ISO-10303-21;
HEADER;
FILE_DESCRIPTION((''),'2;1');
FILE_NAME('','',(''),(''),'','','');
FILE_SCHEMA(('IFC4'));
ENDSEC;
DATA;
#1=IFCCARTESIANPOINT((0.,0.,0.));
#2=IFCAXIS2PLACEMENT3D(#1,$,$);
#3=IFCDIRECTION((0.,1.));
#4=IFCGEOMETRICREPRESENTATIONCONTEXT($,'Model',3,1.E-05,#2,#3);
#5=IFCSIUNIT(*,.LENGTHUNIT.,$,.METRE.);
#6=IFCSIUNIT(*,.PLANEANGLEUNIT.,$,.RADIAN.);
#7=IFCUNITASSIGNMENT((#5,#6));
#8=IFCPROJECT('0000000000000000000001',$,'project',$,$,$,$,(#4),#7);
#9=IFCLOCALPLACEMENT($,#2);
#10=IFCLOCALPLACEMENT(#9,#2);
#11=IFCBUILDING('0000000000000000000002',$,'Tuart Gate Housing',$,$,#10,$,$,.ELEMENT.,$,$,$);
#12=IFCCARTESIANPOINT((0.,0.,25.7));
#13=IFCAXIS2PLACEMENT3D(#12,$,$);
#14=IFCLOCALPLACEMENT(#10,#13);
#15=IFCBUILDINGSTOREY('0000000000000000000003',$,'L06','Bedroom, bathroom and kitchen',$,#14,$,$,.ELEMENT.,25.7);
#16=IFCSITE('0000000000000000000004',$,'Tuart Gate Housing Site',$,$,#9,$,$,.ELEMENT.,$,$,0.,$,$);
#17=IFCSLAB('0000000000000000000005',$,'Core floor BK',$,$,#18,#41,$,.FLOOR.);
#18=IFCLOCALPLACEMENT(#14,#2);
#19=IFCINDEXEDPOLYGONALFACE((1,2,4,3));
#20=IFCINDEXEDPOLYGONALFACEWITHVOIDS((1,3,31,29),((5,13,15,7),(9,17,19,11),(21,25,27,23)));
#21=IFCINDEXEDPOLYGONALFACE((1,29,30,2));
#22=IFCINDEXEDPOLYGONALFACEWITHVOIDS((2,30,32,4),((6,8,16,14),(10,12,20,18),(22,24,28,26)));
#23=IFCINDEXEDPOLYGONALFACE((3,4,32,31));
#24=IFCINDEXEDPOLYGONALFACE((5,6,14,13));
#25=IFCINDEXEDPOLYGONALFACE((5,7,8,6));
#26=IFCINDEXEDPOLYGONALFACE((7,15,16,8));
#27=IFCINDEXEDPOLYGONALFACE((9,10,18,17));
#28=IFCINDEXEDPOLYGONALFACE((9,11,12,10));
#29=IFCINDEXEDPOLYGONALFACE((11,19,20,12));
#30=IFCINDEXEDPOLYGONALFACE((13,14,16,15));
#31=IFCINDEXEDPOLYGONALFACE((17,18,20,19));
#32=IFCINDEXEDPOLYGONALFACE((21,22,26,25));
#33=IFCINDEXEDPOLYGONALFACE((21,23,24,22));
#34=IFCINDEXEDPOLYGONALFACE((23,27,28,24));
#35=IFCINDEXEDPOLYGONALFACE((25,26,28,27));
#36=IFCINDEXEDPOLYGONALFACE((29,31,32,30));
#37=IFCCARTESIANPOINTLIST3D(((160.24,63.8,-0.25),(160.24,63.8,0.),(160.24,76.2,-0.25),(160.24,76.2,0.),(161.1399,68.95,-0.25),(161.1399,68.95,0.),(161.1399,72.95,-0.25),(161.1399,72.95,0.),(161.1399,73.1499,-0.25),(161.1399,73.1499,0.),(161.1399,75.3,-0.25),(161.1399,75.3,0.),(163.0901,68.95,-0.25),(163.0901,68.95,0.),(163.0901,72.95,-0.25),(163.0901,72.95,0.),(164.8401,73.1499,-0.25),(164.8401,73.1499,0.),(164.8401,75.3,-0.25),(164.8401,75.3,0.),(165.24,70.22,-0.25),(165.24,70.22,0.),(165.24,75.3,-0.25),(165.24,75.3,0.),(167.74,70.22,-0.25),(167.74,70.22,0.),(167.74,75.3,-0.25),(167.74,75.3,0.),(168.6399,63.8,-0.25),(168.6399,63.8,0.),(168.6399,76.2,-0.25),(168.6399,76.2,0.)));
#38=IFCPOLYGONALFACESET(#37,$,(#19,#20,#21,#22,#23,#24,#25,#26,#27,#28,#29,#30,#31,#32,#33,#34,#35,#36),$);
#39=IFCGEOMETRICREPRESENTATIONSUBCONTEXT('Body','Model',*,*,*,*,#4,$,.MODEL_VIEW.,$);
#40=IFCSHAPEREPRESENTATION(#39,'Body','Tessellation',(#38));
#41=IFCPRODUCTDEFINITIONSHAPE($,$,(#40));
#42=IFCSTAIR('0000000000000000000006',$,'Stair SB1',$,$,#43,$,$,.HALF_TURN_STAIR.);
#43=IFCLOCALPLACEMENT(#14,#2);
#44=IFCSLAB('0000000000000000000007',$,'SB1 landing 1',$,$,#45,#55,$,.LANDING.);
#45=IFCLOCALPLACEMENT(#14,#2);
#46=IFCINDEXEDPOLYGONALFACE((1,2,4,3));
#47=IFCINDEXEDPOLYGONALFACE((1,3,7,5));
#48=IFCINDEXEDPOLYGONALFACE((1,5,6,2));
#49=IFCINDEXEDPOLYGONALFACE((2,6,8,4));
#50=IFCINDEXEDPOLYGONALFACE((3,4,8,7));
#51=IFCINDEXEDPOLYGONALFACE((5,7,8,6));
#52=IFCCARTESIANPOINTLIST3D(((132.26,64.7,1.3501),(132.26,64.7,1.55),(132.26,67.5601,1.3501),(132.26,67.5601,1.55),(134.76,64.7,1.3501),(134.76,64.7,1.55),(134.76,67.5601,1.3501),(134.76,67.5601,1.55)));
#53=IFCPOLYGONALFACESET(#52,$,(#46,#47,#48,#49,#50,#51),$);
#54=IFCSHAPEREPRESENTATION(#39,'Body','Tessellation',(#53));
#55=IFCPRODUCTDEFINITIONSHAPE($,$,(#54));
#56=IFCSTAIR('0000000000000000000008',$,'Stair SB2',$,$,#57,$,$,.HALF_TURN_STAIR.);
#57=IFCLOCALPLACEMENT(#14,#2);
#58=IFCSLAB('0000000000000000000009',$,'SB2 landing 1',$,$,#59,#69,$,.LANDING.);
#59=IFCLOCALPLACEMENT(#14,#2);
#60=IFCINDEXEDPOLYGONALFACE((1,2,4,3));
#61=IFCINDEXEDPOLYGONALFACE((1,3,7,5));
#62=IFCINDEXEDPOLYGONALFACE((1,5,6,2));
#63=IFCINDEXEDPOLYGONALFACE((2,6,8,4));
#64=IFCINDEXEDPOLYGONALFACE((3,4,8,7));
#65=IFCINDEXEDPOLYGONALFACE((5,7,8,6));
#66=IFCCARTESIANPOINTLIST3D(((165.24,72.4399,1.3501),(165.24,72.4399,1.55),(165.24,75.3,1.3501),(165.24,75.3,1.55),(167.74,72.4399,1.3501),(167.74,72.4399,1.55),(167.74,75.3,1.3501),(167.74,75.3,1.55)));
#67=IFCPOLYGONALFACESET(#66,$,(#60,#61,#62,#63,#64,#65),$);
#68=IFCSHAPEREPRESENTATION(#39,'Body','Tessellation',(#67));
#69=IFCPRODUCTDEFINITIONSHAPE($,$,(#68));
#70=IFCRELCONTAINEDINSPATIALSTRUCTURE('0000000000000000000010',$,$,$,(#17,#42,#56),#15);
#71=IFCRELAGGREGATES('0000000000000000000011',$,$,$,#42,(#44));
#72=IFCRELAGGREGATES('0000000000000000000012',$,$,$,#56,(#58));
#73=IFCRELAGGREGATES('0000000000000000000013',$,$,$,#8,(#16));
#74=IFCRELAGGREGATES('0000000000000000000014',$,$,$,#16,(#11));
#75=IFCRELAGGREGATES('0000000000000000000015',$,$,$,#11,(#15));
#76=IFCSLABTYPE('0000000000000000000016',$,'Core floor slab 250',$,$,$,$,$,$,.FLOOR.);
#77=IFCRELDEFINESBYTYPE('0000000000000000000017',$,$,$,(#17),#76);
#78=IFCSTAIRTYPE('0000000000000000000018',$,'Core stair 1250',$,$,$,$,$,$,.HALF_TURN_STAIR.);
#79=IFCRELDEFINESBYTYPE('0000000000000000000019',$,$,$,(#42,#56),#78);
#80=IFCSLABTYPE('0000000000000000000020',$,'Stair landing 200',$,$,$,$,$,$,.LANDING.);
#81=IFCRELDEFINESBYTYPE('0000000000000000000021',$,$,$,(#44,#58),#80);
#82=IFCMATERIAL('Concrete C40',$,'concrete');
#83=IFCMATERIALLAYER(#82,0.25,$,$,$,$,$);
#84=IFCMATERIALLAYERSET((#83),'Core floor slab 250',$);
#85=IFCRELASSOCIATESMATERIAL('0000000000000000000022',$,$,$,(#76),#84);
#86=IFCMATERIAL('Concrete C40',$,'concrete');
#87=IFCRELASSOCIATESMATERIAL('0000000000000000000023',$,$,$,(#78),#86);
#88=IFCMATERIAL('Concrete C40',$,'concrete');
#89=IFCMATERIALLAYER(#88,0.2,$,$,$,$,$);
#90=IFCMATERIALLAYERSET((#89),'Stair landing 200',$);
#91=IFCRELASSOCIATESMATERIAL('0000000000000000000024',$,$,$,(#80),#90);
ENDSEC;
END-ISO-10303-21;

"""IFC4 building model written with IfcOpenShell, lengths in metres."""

from ifc_helpers import new_model, si_unit, direction, frame, origin, place, context, subcontext, project, spatial, polyline, outline, extrude, material, layer, layer_set, type_object, element, aggregate, save


model = new_model("IFC4")

# Units and contexts
model_context = context("Model", 3, precision=1e-05, world=origin(), true_north=direction((0.0, 1.0)))
body_context = subcontext(model_context, "Body", "Model", "MODEL_VIEW")
ifc_project = project(units=[si_unit("LENGTHUNIT", "METRE"), si_unit("PLANEANGLEUNIT", "RADIAN")], contexts=[model_context])

# Site, building, storey
site_placement = place(None, origin())
site = spatial("IfcSite", under=ifc_project, at=site_placement, Name="Tuart Gate Housing Site", CompositionType="ELEMENT", RefElevation=0.0)
building_placement = place(site_placement, origin())
building = spatial("IfcBuilding", under=site, at=building_placement, Name="Tuart Gate Housing", CompositionType="ELEMENT")
storey_placement = place(building_placement, frame((0.0, 0.0, 25.7)))
storey = spatial("IfcBuildingStorey", under=building, at=storey_placement, Name="L06", Description="Bedroom, bathroom and kitchen", CompositionType="ELEMENT", Elevation=25.7)

# Slab
ifc_material_1 = material(Name="Concrete C40", Category="concrete")
ifc_layer_1 = layer(ifc_material_1, 0.25)
ifc_layer_set_1 = layer_set([ifc_layer_1], Name="Core floor slab 250")
slab_type_1 = type_object("IfcSlabType", Name="Core floor slab 250", PredefinedType="FLOOR", material=ifc_layer_set_1)
slab_1_placement = place(storey_placement, frame((0.0, 0.0, -0.25)))
element("IfcSlab", 1, at=slab_1_placement, inside=storey, type_object=slab_type_1, Name="Core floor BK", PredefinedType="FLOOR", context=body_context, shape_type="SweptSolid", body=[
    extrude(outline(polyline([(160.24, 63.8), (168.6399, 63.8), (168.6399, 76.2), (160.24, 76.2), (160.24, 63.8)]), holes=[polyline([(161.1399, 73.1499), (164.8401, 73.1499), (164.8401, 75.3), (161.1399, 75.3), (161.1399, 73.1499)]), polyline([(161.1399, 68.95), (163.0901, 68.95), (163.0901, 72.95), (161.1399, 72.95), (161.1399, 68.95)]), polyline([(165.24, 70.22), (167.74, 70.22), (167.74, 75.3), (165.24, 75.3), (165.24, 70.22)])]), origin(), (0.0, 0.0, 1.0), 0.25),
])

# Stairs, slabs
ifc_material_2 = material(Name="Concrete C40", Category="concrete")
stair_type = type_object("IfcStairType", Name="Core stair 1250", PredefinedType="HALF_TURN_STAIR", material=ifc_material_2)
stair_1_placement = place(storey_placement, origin())
stair_1 = element("IfcStair", 2, at=stair_1_placement, inside=storey, type_object=stair_type, Name="Stair SB1", PredefinedType="HALF_TURN_STAIR")
ifc_material_3 = material(Name="Concrete C40", Category="concrete")
ifc_layer_2 = layer(ifc_material_3, 0.2)
ifc_layer_set_2 = layer_set([ifc_layer_2], Name="Stair landing 200")
slab_type_2 = type_object("IfcSlabType", Name="Stair landing 200", PredefinedType="LANDING", material=ifc_layer_set_2)
slab_2_placement = place(storey_placement, frame((0.0, 0.0, 1.3501)))
slab_2 = element("IfcSlab", 3, at=slab_2_placement, type_object=slab_type_2, Name="SB1 landing 1", PredefinedType="LANDING", context=body_context, shape_type="SweptSolid", body=[
    extrude(outline(polyline([(134.76, 67.5601), (132.26, 67.5601), (132.26, 64.7), (134.76, 64.7), (134.76, 67.5601)])), origin(), (0.0, 0.0, 1.0), 0.2),
])
aggregate(stair_1, [slab_2])
stair_2_placement = place(storey_placement, origin())
stair_2 = element("IfcStair", 4, at=stair_2_placement, inside=storey, type_object=stair_type, Name="Stair SB2", PredefinedType="HALF_TURN_STAIR")
slab_3_placement = place(storey_placement, frame((0.0, 0.0, 1.3501)))
slab_3 = element("IfcSlab", 5, at=slab_3_placement, type_object=slab_type_2, Name="SB2 landing 1", PredefinedType="LANDING", context=body_context, shape_type="SweptSolid", body=[
    extrude(outline(polyline([(165.24, 72.4399), (167.74, 72.4399), (167.74, 75.3), (165.24, 75.3), (165.24, 72.4399)])), origin(), (0.0, 0.0, 1.0), 0.2),
])
aggregate(stair_2, [slab_3])

save(model, "model.ifc")
